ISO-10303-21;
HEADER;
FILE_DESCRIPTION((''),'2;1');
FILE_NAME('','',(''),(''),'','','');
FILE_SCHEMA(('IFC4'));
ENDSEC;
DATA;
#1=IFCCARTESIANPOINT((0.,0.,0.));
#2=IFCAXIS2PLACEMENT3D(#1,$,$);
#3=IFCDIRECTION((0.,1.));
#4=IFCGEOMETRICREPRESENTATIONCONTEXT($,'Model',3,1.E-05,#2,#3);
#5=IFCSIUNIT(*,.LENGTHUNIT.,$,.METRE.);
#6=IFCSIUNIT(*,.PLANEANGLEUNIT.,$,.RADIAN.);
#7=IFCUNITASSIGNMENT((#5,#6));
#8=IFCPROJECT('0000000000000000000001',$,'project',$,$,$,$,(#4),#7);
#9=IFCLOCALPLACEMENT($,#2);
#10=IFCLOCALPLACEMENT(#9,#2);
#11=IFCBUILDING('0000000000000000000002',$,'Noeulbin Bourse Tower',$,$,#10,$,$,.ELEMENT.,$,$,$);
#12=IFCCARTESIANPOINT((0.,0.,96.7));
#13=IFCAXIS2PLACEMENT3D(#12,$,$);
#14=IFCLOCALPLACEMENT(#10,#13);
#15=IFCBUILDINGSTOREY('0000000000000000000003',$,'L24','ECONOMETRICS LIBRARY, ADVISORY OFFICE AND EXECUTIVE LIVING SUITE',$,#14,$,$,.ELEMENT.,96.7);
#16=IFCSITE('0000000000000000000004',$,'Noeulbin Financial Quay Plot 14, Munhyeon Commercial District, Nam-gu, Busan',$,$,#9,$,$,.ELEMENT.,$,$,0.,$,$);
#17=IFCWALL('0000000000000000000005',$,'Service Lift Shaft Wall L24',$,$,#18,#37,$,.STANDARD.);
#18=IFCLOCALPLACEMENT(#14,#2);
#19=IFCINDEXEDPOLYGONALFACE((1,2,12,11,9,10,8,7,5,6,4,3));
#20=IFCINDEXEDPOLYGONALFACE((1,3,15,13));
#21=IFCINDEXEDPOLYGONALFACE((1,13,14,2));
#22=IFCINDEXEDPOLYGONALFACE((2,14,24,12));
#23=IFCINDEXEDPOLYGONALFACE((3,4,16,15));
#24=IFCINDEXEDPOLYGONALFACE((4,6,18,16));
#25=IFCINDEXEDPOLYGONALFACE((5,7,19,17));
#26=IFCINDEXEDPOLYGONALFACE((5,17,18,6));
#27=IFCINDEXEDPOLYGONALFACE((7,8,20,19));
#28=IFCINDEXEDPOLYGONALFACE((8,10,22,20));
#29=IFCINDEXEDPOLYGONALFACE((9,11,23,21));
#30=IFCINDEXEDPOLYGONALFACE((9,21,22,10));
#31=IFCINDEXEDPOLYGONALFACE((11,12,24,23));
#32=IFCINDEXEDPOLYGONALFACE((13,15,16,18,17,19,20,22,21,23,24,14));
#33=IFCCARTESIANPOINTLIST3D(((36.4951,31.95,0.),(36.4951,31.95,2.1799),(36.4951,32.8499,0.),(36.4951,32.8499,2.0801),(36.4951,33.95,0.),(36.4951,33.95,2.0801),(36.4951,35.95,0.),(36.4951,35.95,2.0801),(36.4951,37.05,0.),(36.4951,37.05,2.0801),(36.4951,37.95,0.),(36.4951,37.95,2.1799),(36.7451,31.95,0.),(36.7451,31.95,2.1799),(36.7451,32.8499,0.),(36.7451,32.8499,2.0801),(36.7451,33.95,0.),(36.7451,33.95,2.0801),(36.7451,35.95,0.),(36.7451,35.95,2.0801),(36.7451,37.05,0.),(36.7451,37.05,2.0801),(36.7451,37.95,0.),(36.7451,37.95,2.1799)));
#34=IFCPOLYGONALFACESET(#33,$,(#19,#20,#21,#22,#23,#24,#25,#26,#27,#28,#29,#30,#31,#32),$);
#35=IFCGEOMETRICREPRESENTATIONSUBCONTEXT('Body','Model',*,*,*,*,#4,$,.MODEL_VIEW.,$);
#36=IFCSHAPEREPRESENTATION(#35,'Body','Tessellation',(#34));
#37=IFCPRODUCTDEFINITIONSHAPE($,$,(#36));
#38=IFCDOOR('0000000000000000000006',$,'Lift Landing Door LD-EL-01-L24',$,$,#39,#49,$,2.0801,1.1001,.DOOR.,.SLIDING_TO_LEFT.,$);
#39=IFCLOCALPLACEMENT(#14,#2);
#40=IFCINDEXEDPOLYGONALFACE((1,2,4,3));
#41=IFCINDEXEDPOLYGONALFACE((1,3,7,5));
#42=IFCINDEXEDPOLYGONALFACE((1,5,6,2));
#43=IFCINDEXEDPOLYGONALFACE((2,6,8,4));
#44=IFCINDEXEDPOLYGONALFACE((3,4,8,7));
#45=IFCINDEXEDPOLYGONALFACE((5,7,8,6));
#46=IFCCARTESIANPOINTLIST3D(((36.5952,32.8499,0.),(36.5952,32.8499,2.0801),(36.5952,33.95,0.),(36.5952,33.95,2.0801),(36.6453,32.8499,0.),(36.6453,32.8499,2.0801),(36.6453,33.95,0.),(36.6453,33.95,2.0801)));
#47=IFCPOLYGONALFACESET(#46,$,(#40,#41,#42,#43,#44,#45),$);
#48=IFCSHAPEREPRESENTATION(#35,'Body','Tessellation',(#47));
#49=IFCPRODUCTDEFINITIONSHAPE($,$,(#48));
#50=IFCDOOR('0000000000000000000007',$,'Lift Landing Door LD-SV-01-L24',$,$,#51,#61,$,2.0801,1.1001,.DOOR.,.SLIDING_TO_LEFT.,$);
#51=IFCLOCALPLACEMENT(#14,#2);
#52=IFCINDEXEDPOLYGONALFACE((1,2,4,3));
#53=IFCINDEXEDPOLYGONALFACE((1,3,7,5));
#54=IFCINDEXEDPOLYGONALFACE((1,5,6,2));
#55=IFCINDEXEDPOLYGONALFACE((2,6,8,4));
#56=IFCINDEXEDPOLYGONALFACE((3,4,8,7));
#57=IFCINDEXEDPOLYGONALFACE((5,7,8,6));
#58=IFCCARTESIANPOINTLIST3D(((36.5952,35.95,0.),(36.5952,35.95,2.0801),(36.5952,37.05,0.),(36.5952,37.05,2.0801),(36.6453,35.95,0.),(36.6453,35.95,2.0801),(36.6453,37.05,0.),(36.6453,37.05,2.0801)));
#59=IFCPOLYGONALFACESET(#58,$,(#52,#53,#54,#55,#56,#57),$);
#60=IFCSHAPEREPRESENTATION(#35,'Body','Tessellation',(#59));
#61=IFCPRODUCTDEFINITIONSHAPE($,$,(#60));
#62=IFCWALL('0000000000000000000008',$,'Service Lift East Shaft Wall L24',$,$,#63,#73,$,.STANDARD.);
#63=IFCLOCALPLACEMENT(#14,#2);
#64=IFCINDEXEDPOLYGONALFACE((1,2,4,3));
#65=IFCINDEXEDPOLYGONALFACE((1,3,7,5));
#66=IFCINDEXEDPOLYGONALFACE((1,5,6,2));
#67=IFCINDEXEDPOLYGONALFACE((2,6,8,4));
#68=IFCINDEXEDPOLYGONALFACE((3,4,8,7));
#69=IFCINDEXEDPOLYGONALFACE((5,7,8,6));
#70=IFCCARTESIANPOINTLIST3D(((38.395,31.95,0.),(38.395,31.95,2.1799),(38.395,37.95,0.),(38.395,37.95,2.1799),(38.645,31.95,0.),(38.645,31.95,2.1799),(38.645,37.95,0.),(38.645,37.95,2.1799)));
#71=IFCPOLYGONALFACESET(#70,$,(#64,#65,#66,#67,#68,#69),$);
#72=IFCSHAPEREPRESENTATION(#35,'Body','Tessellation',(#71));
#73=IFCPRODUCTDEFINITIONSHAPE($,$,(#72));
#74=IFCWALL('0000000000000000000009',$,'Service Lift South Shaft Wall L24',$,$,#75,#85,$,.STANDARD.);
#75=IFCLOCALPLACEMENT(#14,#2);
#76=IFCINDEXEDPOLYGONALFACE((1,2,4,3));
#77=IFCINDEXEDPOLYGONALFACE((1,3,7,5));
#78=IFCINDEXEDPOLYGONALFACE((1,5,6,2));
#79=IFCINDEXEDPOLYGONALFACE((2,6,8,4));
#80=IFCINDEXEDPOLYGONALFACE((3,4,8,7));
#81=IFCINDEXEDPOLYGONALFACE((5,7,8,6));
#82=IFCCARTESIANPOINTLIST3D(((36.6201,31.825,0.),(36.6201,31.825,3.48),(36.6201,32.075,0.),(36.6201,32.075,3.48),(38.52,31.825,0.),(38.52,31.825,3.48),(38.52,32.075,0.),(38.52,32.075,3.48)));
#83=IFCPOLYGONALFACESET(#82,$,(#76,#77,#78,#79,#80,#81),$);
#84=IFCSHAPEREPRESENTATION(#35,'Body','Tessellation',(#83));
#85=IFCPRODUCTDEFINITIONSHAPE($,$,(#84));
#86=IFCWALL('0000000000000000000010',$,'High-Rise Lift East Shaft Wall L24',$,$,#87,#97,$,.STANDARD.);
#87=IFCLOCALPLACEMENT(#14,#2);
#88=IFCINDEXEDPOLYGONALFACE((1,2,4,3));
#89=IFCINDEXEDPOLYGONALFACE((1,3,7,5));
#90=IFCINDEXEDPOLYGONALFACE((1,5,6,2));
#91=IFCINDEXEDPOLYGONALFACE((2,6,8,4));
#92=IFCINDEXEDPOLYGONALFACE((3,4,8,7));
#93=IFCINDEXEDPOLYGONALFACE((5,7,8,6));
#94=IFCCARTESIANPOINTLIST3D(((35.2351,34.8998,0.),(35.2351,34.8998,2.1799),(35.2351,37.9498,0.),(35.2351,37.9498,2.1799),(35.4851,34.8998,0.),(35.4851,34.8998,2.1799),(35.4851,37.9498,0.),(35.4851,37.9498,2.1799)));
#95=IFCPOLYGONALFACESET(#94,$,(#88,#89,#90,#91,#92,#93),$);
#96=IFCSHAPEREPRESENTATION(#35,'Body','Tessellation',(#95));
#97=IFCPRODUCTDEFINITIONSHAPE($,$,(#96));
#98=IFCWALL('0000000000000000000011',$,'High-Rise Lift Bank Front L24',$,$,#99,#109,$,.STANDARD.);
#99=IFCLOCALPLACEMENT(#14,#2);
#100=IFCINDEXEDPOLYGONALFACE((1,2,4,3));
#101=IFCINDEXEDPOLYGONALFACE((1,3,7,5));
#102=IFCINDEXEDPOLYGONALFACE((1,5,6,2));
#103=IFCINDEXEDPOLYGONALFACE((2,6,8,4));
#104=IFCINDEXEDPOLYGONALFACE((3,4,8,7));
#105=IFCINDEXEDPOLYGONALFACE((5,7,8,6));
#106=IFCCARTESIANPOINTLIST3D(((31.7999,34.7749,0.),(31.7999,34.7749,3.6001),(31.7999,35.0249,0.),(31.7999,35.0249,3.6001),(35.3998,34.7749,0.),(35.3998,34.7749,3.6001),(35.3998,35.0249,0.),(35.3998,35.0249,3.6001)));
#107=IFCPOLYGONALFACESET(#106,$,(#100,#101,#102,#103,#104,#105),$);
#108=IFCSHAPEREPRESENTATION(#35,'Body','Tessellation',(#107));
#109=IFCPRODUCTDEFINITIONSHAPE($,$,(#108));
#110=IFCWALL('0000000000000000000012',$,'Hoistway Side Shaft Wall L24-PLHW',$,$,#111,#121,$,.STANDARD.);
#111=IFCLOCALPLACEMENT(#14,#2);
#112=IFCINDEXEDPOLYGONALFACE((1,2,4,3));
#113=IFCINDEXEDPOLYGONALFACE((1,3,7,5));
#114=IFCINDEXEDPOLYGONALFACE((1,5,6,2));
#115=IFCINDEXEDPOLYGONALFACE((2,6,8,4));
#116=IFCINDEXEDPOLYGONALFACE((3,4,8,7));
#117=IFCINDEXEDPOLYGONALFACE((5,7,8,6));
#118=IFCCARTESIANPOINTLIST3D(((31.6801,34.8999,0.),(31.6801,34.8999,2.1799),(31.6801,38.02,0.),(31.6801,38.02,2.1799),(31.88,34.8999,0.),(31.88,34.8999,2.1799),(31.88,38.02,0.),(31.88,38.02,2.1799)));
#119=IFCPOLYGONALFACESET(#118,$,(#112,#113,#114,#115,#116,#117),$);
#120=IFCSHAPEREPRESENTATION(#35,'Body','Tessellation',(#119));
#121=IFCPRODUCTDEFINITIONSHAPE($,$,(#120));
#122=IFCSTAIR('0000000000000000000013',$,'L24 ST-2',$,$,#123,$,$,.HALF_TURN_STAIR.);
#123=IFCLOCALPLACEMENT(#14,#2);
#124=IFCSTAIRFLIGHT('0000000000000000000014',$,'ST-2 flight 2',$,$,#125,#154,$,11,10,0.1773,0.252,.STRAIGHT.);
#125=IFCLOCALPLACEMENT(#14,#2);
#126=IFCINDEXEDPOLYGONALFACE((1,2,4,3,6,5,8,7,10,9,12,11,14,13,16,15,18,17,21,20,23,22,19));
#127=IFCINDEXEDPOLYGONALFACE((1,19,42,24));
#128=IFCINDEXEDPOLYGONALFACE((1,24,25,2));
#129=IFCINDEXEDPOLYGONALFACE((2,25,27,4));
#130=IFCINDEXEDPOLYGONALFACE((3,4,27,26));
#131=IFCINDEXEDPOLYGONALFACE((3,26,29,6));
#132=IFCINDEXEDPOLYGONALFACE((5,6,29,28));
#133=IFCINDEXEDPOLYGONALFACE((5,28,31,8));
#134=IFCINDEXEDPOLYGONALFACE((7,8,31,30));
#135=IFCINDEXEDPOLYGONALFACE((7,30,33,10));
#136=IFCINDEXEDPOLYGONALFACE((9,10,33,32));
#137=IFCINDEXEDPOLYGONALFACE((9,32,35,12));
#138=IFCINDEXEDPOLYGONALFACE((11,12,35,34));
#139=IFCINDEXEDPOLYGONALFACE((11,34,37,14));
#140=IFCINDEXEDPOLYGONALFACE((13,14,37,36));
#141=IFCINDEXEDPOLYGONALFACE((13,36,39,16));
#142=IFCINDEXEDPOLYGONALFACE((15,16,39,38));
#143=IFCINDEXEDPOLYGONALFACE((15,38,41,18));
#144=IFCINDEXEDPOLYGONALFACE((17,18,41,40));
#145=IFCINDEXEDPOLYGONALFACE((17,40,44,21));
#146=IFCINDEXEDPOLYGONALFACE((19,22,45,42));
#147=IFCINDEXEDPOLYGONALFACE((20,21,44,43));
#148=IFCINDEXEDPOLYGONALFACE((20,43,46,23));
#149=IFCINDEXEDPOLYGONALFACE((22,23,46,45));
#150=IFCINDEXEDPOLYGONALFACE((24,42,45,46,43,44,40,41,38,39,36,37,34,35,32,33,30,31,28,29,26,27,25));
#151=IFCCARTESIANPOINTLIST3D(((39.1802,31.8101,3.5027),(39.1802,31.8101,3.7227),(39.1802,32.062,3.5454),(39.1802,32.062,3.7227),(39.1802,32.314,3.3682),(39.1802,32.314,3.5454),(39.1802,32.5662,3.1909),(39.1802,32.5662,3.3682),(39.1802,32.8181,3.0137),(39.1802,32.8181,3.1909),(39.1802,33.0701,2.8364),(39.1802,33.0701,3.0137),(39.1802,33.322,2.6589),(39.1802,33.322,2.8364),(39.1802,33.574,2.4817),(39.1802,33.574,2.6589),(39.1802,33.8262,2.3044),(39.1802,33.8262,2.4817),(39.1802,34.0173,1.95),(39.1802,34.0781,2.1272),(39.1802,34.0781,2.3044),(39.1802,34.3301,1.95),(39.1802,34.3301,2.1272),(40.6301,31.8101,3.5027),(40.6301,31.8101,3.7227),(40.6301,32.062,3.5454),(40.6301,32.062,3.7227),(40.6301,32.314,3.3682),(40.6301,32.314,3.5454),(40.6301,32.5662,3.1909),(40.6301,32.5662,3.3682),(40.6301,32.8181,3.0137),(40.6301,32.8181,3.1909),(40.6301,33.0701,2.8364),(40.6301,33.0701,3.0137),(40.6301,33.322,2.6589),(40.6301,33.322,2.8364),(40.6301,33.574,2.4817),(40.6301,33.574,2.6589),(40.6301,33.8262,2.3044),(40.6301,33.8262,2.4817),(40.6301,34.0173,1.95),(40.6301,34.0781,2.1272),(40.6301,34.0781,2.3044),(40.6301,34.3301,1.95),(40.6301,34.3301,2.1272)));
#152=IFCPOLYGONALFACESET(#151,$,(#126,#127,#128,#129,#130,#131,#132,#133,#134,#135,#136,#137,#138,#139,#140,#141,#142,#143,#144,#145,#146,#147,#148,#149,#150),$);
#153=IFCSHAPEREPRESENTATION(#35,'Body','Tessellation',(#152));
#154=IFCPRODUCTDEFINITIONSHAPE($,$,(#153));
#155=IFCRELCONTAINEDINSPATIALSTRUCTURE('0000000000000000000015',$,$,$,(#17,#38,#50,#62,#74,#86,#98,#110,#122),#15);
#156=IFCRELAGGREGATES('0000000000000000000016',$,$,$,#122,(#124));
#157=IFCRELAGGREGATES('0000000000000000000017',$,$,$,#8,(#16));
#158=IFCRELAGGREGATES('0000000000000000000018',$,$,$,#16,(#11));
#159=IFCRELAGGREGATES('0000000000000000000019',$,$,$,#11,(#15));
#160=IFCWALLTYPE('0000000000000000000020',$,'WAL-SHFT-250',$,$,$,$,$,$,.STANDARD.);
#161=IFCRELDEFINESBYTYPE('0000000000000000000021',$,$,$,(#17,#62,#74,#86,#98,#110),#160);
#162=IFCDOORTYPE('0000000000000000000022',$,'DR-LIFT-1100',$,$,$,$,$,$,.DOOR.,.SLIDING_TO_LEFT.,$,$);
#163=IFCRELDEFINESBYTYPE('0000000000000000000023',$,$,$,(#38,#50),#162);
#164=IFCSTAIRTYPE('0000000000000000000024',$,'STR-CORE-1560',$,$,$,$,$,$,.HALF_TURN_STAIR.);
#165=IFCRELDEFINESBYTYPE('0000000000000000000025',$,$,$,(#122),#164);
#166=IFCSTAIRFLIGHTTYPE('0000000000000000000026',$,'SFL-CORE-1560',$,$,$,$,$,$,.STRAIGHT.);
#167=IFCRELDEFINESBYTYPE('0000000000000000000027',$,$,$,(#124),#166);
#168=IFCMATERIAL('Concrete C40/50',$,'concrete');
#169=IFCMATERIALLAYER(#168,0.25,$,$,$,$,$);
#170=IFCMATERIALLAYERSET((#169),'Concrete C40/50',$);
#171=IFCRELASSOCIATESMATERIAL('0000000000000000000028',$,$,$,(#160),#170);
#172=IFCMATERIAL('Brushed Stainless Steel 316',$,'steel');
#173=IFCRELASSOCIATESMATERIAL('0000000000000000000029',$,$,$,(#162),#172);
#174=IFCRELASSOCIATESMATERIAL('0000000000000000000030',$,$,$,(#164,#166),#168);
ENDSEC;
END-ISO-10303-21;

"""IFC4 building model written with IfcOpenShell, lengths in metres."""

from ifc_helpers import new_model, si_unit, direction, frame, frame_2d, origin, place, context, subcontext, project, spatial, polyline, rectangle, outline, extrude, material, layer, layer_set, type_object, element, fill, aggregate, save


model = new_model("IFC4")

# Units and contexts
model_context = context("Model", 3, precision=1e-05, world=origin(), true_north=direction((0.0, 1.0)))
body_context = subcontext(model_context, "Body", "Model", "MODEL_VIEW")
ifc_project = project(units=[si_unit("LENGTHUNIT", "METRE"), si_unit("PLANEANGLEUNIT", "RADIAN")], contexts=[model_context])

# Site, building, storey
site_placement = place(None, origin())
site = spatial("IfcSite", under=ifc_project, at=site_placement, Name="Noeulbin Financial Quay Plot 14, Munhyeon Commercial District, Nam-gu, Busan", CompositionType="ELEMENT", RefElevation=0.0)
building_placement = place(site_placement, origin())
building = spatial("IfcBuilding", under=site, at=building_placement, Name="Noeulbin Bourse Tower", CompositionType="ELEMENT")
storey_placement = place(building_placement, frame((0.0, 0.0, 96.7)))
storey = spatial("IfcBuildingStorey", under=building, at=storey_placement, Name="L24", Description="ECONOMETRICS LIBRARY, ADVISORY OFFICE AND EXECUTIVE LIVING SUITE", CompositionType="ELEMENT", Elevation=96.7)

# Shared definitions
ifc_material_1 = material(Name="Concrete C40/50", Category="concrete")

# Shared definitions
ifc_layer_1 = layer(ifc_material_1, 0.25)
ifc_layer_set_1 = layer_set([ifc_layer_1], Name="Concrete C40/50")
wall_type_1 = type_object("IfcWallType", Name="WAL-SHFT-250", PredefinedType="STANDARD", material=ifc_layer_set_1)

# Wall, openings, doors
wall_1_placement = place(storey_placement, frame((36.6201, 31.95, 0.0), z_axis=(0.0, 0.0, 1.0), x_axis=(0.0, 1.0, 0.0)))
wall_1 = element("IfcWall", 1, at=wall_1_placement, inside=storey, type_object=wall_type_1, Name="Service Lift Shaft Wall L24", PredefinedType="STANDARD", context=body_context, shape_type="SweptSolid", body=[
    extrude(rectangle(XDim=6.0, YDim=0.25, at=frame_2d((3.0, 0.0))), origin(), (0.0, 0.0, 1.0), 2.1799),
])
opening_1_placement = place(wall_1_placement, frame((0.8999, 0.0, 0.0)))
opening_1 = element("IfcOpeningElement", 2, at=opening_1_placement, cuts=wall_1, PredefinedType="OPENING", context=body_context, shape_type="SweptSolid", body=[
    extrude(rectangle(XDim=1.1001, YDim=2.0801, at=frame_2d((0.55, 1.04))), frame((0.0, 0.135, 0.0), z_axis=(0.0, -1.0, 0.0), x_axis=(1.0, 0.0, 0.0)), (0.0, 0.0, 1.0), 0.27),
])
opening_2_placement = place(wall_1_placement, frame((4.0, 0.0, 0.0)))
opening_2 = element("IfcOpeningElement", 3, at=opening_2_placement, cuts=wall_1, PredefinedType="OPENING", context=body_context, shape_type="SweptSolid", body=[
    extrude(rectangle(XDim=1.1001, YDim=2.0801, at=frame_2d((0.55, 1.04))), frame((0.0, 0.135, 0.0), z_axis=(0.0, -1.0, 0.0), x_axis=(1.0, 0.0, 0.0)), (0.0, 0.0, 1.0), 0.27),
])
ifc_material_2 = material(Name="Brushed Stainless Steel 316", Category="steel")
door_type_1 = type_object("IfcDoorType", Name="DR-LIFT-1100", OperationType="SLIDING_TO_LEFT", PredefinedType="DOOR", material=ifc_material_2)
door_1_placement = place(opening_1_placement, origin())
door_1 = element("IfcDoor", 4, at=door_1_placement, inside=storey, type_object=door_type_1, Name="Lift Landing Door LD-EL-01-L24", OperationType="SLIDING_TO_LEFT", OverallHeight=2.0801, OverallWidth=1.1001, PredefinedType="DOOR", context=body_context, shape_type="SweptSolid", body=[
    extrude(rectangle(XDim=1.1001, YDim=2.0801, at=frame_2d((0.55, 1.04))), frame((0.0, 0.0249, 0.0), z_axis=(0.0, -1.0, 0.0), x_axis=(1.0, 0.0, 0.0)), (0.0, 0.0, 1.0), 0.05),
])
fill(opening_1, door_1)
door_2_placement = place(opening_2_placement, origin())
door_2 = element("IfcDoor", 5, at=door_2_placement, inside=storey, type_object=door_type_1, Name="Lift Landing Door LD-SV-01-L24", OperationType="SLIDING_TO_LEFT", OverallHeight=2.0801, OverallWidth=1.1001, PredefinedType="DOOR", context=body_context, shape_type="SweptSolid", body=[
    extrude(rectangle(XDim=1.1001, YDim=2.0801, at=frame_2d((0.55, 1.04))), frame((0.0, 0.0249, 0.0), z_axis=(0.0, -1.0, 0.0), x_axis=(1.0, 0.0, 0.0)), (0.0, 0.0, 1.0), 0.05),
])
fill(opening_2, door_2)

# Walls
wall_2_placement = place(storey_placement, frame((38.52, 31.95, 0.0), z_axis=(0.0, 0.0, 1.0), x_axis=(0.0, 1.0, 0.0)))
element("IfcWall", 6, at=wall_2_placement, inside=storey, type_object=wall_type_1, Name="Service Lift East Shaft Wall L24", PredefinedType="STANDARD", context=body_context, shape_type="SweptSolid", body=[
    extrude(rectangle(XDim=6.0, YDim=0.25, at=frame_2d((3.0, 0.0))), origin(), (0.0, 0.0, 1.0), 2.1799),
])
wall_3_placement = place(storey_placement, frame((36.6201, 31.95, 0.0), z_axis=(0.0, 0.0, 1.0), x_axis=(1.0, 0.0, 0.0)))
element("IfcWall", 7, at=wall_3_placement, inside=storey, type_object=wall_type_1, Name="Service Lift South Shaft Wall L24", PredefinedType="STANDARD", context=body_context, shape_type="SweptSolid", body=[
    extrude(rectangle(XDim=1.8999, YDim=0.25, at=frame_2d((0.95, 0.0))), origin(), (0.0, 0.0, 1.0), 3.48),
])
wall_4_placement = place(storey_placement, frame((35.3601, 34.8999, 0.0), z_axis=(0.0, 0.0, 1.0), x_axis=(0.0, 1.0, 0.0)))
element("IfcWall", 8, at=wall_4_placement, inside=storey, type_object=wall_type_1, Name="High-Rise Lift East Shaft Wall L24", PredefinedType="STANDARD", context=body_context, shape_type="SweptSolid", body=[
    extrude(rectangle(XDim=3.05, YDim=0.25, at=frame_2d((1.5249, 0.0))), origin(), (0.0, 0.0, 1.0), 2.1799),
])
wall_5_placement = place(storey_placement, frame((31.8, 34.8999, 0.0), z_axis=(0.0, 0.0, 1.0), x_axis=(1.0, 0.0, 0.0)))
element("IfcWall", 9, at=wall_5_placement, inside=storey, type_object=wall_type_1, Name="High-Rise Lift Bank Front L24", PredefinedType="STANDARD", context=body_context, shape_type="SweptSolid", body=[
    extrude(rectangle(XDim=3.5999, YDim=0.25, at=frame_2d((1.7998, 0.0))), origin(), (0.0, 0.0, 1.0), 3.6001),
])
wall_6_placement = place(storey_placement, frame((31.78, 34.8999, 0.0), z_axis=(0.0, 0.0, 1.0), x_axis=(0.0, 1.0, 0.0)))
element("IfcWall", 10, at=wall_6_placement, inside=storey, type_object=wall_type_1, Name="Hoistway Side Shaft Wall L24-PLHW", PredefinedType="STANDARD", context=body_context, shape_type="SweptSolid", body=[
    extrude(rectangle(XDim=3.1201, YDim=0.2, at=frame_2d((1.5601, 0.0))), origin(), (0.0, 0.0, 1.0), 2.1799),
])

# Stair, stair flight
stair_type = type_object("IfcStairType", Name="STR-CORE-1560", PredefinedType="HALF_TURN_STAIR", material=ifc_material_1)
stair_placement = place(storey_placement, origin())
stair = element("IfcStair", 11, at=stair_placement, inside=storey, type_object=stair_type, Name="L24 ST-2", PredefinedType="HALF_TURN_STAIR")
stair_flight_type = type_object("IfcStairFlightType", Name="SFL-CORE-1560", PredefinedType="STRAIGHT", material=ifc_material_1)
stair_flight_placement = place(storey_placement, frame((39.905, 34.3301, 1.95), z_axis=(0.0, 0.0, 1.0), x_axis=(0.0, -1.0, 0.0)))
stair_flight = element("IfcStairFlight", 12, at=stair_flight_placement, type_object=stair_flight_type, Name="ST-2 flight 2", NumberOfRisers=11, NumberOfTreads=10, PredefinedType="STRAIGHT", RiserHeight=0.1773, TreadLength=0.252, context=body_context, shape_type="SweptSolid", body=[
    extrude(outline(polyline([(0.0, 0.0), (0.0, 0.1772), (0.252, 0.1772), (0.252, 0.3545), (0.5039, 0.3545), (0.5039, 0.5317), (0.7561, 0.5317), (0.7561, 0.709), (1.0081, 0.709), (1.0081, 0.8865), (1.26, 0.8865), (1.26, 1.0637), (1.512, 1.0637), (1.512, 1.241), (1.7639, 1.241), (1.7639, 1.4182), (2.0161, 1.4182), (2.0161, 1.5955), (2.2681, 1.5955), (2.2681, 1.7727), (2.52, 1.7727), (2.52, 1.95), (2.52, 1.5527), (0.3127, 0.0), (0.0, 0.0)])), frame((0.0, 0.7251, 0.0), z_axis=(0.0, -1.0, 0.0), x_axis=(1.0, 0.0, 0.0)), (0.0, 0.0, 1.0), 1.45),
])
aggregate(stair, [stair_flight])

save(model, "model.ifc")
